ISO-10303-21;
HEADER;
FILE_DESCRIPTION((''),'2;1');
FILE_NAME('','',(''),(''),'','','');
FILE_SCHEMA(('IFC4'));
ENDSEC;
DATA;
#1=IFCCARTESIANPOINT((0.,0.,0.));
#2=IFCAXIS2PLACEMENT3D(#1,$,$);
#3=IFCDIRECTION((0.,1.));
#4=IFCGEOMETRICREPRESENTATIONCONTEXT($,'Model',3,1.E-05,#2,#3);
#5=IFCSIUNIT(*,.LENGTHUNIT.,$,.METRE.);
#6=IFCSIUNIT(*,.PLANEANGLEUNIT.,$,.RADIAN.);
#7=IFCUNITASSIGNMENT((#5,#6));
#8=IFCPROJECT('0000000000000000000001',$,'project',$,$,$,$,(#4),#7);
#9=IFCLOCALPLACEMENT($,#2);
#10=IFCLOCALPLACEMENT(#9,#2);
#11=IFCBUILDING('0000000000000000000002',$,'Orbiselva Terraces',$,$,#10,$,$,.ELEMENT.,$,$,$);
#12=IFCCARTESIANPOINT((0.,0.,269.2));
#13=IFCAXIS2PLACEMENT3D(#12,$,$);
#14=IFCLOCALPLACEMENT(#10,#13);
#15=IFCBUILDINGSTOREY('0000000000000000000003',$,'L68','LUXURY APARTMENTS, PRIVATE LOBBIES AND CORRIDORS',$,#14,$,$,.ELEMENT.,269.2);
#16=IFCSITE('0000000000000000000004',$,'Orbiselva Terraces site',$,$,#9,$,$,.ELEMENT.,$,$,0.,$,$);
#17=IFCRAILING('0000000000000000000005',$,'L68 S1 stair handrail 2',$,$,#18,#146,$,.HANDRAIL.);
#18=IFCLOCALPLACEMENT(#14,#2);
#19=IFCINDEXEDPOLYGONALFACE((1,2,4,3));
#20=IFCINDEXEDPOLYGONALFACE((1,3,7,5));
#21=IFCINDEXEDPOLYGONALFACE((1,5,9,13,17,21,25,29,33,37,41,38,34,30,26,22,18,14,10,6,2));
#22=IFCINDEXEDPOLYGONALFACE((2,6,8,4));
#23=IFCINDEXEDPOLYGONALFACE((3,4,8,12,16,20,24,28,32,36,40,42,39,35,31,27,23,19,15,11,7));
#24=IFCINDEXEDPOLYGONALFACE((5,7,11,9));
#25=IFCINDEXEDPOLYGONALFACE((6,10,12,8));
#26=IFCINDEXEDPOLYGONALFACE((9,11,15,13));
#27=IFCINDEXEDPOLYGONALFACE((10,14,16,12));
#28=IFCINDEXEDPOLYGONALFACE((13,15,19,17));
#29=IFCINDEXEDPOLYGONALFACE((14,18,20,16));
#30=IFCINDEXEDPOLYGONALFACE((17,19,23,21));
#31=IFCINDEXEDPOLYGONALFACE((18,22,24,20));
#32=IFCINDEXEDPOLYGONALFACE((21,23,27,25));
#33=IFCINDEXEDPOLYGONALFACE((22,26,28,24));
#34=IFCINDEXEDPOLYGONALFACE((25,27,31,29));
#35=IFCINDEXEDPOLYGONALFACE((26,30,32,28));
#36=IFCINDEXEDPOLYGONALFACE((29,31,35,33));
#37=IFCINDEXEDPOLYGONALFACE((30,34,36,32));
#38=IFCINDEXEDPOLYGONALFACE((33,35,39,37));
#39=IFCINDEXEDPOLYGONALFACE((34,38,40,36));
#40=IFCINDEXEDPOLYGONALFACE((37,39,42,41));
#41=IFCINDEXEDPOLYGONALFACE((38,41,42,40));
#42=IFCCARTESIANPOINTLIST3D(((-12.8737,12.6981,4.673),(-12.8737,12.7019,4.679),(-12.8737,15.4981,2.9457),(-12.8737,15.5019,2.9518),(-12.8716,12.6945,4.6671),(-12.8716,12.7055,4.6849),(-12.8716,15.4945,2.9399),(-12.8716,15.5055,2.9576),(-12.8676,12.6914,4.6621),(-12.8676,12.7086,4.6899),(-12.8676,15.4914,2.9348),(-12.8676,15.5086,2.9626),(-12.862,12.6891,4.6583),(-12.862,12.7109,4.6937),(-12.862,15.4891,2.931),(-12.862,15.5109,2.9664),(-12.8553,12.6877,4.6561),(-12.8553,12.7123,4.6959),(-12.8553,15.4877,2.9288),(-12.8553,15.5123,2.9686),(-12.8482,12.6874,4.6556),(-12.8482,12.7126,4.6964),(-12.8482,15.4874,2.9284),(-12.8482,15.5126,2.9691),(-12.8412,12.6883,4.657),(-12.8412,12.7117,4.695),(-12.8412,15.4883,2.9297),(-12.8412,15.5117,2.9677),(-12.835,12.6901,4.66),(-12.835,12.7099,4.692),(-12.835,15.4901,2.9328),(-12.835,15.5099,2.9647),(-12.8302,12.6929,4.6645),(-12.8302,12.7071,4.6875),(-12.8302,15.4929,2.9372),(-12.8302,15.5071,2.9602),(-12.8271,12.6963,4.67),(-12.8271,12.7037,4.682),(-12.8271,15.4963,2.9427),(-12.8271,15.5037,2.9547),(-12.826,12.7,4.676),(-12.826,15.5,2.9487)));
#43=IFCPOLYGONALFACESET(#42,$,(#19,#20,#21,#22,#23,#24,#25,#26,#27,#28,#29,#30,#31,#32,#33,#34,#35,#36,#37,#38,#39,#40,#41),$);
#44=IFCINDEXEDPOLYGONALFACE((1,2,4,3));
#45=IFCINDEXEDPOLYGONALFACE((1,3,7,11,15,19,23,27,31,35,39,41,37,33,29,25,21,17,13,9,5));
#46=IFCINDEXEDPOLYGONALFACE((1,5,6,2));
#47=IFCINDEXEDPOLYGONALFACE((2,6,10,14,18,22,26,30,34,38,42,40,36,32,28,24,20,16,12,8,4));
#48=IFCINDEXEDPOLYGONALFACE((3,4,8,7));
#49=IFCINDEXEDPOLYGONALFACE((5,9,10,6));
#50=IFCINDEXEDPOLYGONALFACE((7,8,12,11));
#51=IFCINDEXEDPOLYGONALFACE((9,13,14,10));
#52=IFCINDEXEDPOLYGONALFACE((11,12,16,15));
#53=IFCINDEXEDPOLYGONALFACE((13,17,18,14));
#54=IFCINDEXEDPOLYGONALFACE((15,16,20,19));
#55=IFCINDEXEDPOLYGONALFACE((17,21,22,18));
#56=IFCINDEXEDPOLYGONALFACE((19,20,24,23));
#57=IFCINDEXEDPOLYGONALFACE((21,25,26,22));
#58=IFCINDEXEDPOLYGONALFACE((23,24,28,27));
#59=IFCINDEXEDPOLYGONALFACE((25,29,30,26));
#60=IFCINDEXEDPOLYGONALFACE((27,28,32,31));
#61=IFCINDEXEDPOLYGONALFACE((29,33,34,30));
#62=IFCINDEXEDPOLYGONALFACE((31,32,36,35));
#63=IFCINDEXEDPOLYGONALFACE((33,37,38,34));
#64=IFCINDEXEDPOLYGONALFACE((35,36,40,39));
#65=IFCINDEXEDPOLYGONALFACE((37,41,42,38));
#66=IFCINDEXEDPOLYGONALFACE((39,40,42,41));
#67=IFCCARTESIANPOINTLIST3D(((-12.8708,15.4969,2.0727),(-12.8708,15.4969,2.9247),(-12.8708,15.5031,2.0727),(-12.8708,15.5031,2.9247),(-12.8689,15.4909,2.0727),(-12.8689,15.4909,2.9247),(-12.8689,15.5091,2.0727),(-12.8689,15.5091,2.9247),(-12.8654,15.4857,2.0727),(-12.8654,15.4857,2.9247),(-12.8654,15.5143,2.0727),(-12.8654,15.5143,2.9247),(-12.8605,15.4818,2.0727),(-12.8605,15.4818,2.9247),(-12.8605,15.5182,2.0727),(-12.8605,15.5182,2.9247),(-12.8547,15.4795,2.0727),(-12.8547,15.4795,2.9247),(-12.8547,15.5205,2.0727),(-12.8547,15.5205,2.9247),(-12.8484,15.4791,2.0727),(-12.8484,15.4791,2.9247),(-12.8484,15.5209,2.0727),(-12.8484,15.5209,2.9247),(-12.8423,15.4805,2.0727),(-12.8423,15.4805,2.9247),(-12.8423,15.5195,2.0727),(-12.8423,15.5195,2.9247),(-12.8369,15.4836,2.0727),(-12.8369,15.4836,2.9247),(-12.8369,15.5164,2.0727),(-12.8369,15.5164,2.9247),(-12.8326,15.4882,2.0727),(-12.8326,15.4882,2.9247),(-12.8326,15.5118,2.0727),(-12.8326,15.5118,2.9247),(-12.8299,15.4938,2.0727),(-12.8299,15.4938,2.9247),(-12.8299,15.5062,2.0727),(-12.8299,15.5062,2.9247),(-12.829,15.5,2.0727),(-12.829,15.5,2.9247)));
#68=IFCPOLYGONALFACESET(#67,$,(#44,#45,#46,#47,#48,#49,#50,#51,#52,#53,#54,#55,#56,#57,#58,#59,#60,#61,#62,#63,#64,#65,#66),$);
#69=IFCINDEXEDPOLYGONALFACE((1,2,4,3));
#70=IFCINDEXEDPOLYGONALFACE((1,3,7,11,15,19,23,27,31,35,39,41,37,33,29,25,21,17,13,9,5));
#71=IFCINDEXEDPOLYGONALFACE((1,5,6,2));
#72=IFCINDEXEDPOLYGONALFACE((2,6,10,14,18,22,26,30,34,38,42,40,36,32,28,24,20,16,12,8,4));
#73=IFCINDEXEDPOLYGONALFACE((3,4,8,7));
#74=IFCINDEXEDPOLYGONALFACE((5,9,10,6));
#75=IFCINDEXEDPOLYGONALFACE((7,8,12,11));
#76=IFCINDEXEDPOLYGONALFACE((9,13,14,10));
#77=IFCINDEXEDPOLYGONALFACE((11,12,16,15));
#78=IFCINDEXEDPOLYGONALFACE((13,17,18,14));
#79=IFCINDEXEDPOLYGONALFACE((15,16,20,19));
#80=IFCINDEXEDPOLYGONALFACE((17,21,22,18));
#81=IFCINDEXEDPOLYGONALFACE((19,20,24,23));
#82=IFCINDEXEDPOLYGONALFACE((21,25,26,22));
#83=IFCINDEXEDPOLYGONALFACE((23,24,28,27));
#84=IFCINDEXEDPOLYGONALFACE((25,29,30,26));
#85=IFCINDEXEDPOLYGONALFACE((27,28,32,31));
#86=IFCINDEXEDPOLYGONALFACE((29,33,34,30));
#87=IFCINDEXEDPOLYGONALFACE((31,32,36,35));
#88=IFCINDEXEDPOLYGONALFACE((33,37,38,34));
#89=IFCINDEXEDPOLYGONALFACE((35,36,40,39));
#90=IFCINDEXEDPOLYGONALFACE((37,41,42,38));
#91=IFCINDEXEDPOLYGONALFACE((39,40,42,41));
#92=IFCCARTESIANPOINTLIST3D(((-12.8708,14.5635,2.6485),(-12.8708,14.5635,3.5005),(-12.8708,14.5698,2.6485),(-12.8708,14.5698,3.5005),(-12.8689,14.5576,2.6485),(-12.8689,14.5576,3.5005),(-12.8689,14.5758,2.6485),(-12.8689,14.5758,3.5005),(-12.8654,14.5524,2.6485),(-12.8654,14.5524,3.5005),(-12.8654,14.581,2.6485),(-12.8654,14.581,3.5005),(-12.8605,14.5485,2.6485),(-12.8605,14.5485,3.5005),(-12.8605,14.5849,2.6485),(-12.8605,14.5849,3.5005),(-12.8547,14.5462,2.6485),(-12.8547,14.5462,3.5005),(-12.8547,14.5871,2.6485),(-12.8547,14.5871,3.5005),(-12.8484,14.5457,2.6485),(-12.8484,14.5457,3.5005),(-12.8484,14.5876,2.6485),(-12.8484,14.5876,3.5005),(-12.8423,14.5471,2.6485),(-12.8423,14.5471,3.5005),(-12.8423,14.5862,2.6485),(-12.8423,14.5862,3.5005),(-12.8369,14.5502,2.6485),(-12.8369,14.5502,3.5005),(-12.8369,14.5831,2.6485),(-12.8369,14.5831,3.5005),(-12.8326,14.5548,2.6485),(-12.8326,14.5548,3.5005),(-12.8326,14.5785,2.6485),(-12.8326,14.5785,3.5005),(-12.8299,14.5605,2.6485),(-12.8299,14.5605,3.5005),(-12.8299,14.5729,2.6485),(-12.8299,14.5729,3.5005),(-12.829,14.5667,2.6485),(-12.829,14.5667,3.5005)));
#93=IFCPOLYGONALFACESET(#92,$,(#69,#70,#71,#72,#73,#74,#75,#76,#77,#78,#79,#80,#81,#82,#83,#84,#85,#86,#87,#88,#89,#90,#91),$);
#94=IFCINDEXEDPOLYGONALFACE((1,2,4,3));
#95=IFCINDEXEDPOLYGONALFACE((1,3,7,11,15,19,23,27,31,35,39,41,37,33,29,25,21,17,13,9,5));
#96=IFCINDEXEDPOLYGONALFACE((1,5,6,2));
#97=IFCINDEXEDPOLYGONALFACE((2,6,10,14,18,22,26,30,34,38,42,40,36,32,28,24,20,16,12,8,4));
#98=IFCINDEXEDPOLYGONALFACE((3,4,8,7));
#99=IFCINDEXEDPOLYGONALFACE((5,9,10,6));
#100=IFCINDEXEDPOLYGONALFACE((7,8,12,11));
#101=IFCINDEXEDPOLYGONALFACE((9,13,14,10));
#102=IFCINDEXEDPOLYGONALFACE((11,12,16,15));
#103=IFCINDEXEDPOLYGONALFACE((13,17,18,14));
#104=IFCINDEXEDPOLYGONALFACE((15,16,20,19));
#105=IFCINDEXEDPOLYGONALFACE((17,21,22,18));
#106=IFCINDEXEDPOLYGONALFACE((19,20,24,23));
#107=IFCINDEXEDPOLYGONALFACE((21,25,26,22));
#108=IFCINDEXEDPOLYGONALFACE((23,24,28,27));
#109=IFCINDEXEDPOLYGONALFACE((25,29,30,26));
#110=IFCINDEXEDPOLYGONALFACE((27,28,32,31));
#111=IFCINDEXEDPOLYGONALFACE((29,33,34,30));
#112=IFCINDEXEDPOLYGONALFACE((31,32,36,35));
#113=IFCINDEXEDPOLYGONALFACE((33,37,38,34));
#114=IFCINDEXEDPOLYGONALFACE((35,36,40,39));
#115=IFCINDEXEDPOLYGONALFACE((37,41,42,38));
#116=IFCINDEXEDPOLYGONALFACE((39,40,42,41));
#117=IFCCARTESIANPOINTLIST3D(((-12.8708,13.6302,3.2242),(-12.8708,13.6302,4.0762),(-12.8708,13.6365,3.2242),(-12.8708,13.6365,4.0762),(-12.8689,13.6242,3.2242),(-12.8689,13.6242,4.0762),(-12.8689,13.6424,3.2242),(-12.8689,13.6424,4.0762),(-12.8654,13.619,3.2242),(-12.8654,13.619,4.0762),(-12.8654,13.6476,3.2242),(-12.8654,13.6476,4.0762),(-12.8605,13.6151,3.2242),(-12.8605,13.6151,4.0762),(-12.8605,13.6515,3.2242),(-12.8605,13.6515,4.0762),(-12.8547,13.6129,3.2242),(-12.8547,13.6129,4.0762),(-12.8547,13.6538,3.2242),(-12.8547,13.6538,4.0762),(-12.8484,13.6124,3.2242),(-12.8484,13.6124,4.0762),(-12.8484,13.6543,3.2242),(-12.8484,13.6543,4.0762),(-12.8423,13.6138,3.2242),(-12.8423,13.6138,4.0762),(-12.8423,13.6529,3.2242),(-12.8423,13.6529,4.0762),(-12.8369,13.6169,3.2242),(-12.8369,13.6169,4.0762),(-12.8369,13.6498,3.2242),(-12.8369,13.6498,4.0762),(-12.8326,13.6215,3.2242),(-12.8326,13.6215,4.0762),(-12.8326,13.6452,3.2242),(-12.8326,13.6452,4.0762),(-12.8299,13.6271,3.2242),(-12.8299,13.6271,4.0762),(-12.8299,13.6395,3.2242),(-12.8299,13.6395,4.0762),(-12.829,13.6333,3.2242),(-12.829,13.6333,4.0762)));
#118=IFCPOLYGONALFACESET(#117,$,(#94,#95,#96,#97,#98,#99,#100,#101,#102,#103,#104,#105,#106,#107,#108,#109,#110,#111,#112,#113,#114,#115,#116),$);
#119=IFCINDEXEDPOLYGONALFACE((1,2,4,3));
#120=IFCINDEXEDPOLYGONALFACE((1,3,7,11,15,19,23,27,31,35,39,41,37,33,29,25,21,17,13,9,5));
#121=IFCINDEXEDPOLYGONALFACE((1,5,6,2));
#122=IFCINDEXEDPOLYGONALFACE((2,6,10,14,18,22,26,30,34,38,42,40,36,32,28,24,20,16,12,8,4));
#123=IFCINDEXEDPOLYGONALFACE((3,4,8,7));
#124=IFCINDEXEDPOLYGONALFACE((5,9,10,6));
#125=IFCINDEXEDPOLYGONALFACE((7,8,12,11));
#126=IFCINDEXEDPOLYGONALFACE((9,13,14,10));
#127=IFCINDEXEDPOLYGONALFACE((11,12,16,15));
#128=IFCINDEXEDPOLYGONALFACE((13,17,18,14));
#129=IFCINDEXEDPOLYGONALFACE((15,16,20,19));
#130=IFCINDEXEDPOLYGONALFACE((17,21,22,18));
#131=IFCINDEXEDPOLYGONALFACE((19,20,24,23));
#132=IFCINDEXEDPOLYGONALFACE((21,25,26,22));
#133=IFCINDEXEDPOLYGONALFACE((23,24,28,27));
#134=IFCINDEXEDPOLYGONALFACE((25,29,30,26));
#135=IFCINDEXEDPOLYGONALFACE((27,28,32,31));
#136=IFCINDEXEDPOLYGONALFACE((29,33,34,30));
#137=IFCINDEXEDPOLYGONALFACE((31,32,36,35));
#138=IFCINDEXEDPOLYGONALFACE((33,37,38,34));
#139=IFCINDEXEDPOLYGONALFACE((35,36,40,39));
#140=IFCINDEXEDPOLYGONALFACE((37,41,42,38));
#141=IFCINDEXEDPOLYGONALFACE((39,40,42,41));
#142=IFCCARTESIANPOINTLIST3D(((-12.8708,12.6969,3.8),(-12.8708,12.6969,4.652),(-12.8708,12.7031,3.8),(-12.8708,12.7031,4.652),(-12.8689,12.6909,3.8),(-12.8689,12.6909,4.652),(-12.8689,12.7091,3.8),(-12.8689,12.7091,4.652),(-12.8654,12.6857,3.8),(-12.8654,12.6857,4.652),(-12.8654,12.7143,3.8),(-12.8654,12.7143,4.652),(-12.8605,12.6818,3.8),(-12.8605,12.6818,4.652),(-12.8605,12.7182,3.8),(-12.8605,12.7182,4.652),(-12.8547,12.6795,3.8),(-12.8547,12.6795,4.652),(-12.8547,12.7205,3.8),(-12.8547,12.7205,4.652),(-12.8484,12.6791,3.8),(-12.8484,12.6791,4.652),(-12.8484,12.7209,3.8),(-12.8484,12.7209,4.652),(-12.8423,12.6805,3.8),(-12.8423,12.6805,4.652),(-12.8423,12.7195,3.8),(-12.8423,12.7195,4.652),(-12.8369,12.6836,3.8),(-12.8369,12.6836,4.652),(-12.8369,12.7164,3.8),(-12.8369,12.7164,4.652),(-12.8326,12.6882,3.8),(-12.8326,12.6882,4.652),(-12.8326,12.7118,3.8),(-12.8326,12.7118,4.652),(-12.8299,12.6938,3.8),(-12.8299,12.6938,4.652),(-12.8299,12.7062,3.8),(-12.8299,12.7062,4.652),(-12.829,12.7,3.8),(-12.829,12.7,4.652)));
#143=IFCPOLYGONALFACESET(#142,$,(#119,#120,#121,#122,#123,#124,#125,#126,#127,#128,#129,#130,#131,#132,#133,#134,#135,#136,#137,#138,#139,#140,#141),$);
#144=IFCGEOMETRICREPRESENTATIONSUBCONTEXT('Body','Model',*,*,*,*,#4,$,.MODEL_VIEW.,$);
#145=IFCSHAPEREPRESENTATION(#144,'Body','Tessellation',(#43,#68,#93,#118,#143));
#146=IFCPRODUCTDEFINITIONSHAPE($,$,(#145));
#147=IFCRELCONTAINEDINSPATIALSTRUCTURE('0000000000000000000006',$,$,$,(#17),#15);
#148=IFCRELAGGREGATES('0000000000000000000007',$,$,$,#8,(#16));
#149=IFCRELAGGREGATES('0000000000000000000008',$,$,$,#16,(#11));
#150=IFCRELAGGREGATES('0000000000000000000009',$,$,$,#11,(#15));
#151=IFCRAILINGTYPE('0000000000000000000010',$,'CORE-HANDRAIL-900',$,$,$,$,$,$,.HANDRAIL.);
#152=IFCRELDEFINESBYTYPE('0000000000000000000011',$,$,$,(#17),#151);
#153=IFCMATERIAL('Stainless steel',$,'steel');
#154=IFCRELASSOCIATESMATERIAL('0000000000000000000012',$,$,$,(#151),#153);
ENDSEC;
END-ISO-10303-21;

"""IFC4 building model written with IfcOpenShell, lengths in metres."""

from ifc_helpers import new_model, si_unit, direction, frame, origin, origin_2d, place, context, subcontext, project, spatial, circle, extrude, material, type_object, element, save


model = new_model("IFC4")

# Units and contexts
model_context = context("Model", 3, precision=1e-05, world=origin(), true_north=direction((0.0, 1.0)))
body_context = subcontext(model_context, "Body", "Model", "MODEL_VIEW")
ifc_project = project(units=[si_unit("LENGTHUNIT", "METRE"), si_unit("PLANEANGLEUNIT", "RADIAN")], contexts=[model_context])

# Site, building, storey
site_placement = place(None, origin())
site = spatial("IfcSite", under=ifc_project, at=site_placement, Name="Orbiselva Terraces site", CompositionType="ELEMENT", RefElevation=0.0)
building_placement = place(site_placement, origin())
building = spatial("IfcBuilding", under=site, at=building_placement, Name="Orbiselva Terraces", CompositionType="ELEMENT")
storey_placement = place(building_placement, frame((0.0, 0.0, 269.2)))
storey = spatial("IfcBuildingStorey", under=building, at=storey_placement, Name="L68", Description="LUXURY APARTMENTS, PRIVATE LOBBIES AND CORRIDORS", CompositionType="ELEMENT", Elevation=269.2)

# Railing
ifc_material_1 = material(Name="Stainless steel", Category="steel")
railing_type = type_object("IfcRailingType", Name="CORE-HANDRAIL-900", PredefinedType="HANDRAIL", material=ifc_material_1)
railing_1_placement = place(storey_placement, frame((-12.85, 15.5, 2.0727)))
element("IfcRailing", 1, at=railing_1_placement, inside=storey, type_object=railing_type, Name="L68 S1 stair handrail 2", PredefinedType="HANDRAIL", context=body_context, shape_type="SweptSolid", body=[
    extrude(circle(Radius=0.024, at=origin_2d()), frame((0.0, 0.0, 0.876), z_axis=(0.0, -0.851089, 0.525022), x_axis=(1.0, 0.0, 0.0)), (0.0, 0.0, 1.0), 3.2899),
    extrude(circle(Radius=0.021, at=origin_2d()), origin(), (0.0, 0.0, 1.0), 0.852),
    extrude(circle(Radius=0.021, at=origin_2d()), frame((0.0, -0.9333, 0.5758)), (0.0, 0.0, 1.0), 0.852),
    extrude(circle(Radius=0.021, at=origin_2d()), frame((0.0, -1.8667, 1.1515)), (0.0, 0.0, 1.0), 0.852),
    extrude(circle(Radius=0.021, at=origin_2d()), frame((0.0, -2.8, 1.7273)), (0.0, 0.0, 1.0), 0.852),
])

save(model, "model.ifc")
